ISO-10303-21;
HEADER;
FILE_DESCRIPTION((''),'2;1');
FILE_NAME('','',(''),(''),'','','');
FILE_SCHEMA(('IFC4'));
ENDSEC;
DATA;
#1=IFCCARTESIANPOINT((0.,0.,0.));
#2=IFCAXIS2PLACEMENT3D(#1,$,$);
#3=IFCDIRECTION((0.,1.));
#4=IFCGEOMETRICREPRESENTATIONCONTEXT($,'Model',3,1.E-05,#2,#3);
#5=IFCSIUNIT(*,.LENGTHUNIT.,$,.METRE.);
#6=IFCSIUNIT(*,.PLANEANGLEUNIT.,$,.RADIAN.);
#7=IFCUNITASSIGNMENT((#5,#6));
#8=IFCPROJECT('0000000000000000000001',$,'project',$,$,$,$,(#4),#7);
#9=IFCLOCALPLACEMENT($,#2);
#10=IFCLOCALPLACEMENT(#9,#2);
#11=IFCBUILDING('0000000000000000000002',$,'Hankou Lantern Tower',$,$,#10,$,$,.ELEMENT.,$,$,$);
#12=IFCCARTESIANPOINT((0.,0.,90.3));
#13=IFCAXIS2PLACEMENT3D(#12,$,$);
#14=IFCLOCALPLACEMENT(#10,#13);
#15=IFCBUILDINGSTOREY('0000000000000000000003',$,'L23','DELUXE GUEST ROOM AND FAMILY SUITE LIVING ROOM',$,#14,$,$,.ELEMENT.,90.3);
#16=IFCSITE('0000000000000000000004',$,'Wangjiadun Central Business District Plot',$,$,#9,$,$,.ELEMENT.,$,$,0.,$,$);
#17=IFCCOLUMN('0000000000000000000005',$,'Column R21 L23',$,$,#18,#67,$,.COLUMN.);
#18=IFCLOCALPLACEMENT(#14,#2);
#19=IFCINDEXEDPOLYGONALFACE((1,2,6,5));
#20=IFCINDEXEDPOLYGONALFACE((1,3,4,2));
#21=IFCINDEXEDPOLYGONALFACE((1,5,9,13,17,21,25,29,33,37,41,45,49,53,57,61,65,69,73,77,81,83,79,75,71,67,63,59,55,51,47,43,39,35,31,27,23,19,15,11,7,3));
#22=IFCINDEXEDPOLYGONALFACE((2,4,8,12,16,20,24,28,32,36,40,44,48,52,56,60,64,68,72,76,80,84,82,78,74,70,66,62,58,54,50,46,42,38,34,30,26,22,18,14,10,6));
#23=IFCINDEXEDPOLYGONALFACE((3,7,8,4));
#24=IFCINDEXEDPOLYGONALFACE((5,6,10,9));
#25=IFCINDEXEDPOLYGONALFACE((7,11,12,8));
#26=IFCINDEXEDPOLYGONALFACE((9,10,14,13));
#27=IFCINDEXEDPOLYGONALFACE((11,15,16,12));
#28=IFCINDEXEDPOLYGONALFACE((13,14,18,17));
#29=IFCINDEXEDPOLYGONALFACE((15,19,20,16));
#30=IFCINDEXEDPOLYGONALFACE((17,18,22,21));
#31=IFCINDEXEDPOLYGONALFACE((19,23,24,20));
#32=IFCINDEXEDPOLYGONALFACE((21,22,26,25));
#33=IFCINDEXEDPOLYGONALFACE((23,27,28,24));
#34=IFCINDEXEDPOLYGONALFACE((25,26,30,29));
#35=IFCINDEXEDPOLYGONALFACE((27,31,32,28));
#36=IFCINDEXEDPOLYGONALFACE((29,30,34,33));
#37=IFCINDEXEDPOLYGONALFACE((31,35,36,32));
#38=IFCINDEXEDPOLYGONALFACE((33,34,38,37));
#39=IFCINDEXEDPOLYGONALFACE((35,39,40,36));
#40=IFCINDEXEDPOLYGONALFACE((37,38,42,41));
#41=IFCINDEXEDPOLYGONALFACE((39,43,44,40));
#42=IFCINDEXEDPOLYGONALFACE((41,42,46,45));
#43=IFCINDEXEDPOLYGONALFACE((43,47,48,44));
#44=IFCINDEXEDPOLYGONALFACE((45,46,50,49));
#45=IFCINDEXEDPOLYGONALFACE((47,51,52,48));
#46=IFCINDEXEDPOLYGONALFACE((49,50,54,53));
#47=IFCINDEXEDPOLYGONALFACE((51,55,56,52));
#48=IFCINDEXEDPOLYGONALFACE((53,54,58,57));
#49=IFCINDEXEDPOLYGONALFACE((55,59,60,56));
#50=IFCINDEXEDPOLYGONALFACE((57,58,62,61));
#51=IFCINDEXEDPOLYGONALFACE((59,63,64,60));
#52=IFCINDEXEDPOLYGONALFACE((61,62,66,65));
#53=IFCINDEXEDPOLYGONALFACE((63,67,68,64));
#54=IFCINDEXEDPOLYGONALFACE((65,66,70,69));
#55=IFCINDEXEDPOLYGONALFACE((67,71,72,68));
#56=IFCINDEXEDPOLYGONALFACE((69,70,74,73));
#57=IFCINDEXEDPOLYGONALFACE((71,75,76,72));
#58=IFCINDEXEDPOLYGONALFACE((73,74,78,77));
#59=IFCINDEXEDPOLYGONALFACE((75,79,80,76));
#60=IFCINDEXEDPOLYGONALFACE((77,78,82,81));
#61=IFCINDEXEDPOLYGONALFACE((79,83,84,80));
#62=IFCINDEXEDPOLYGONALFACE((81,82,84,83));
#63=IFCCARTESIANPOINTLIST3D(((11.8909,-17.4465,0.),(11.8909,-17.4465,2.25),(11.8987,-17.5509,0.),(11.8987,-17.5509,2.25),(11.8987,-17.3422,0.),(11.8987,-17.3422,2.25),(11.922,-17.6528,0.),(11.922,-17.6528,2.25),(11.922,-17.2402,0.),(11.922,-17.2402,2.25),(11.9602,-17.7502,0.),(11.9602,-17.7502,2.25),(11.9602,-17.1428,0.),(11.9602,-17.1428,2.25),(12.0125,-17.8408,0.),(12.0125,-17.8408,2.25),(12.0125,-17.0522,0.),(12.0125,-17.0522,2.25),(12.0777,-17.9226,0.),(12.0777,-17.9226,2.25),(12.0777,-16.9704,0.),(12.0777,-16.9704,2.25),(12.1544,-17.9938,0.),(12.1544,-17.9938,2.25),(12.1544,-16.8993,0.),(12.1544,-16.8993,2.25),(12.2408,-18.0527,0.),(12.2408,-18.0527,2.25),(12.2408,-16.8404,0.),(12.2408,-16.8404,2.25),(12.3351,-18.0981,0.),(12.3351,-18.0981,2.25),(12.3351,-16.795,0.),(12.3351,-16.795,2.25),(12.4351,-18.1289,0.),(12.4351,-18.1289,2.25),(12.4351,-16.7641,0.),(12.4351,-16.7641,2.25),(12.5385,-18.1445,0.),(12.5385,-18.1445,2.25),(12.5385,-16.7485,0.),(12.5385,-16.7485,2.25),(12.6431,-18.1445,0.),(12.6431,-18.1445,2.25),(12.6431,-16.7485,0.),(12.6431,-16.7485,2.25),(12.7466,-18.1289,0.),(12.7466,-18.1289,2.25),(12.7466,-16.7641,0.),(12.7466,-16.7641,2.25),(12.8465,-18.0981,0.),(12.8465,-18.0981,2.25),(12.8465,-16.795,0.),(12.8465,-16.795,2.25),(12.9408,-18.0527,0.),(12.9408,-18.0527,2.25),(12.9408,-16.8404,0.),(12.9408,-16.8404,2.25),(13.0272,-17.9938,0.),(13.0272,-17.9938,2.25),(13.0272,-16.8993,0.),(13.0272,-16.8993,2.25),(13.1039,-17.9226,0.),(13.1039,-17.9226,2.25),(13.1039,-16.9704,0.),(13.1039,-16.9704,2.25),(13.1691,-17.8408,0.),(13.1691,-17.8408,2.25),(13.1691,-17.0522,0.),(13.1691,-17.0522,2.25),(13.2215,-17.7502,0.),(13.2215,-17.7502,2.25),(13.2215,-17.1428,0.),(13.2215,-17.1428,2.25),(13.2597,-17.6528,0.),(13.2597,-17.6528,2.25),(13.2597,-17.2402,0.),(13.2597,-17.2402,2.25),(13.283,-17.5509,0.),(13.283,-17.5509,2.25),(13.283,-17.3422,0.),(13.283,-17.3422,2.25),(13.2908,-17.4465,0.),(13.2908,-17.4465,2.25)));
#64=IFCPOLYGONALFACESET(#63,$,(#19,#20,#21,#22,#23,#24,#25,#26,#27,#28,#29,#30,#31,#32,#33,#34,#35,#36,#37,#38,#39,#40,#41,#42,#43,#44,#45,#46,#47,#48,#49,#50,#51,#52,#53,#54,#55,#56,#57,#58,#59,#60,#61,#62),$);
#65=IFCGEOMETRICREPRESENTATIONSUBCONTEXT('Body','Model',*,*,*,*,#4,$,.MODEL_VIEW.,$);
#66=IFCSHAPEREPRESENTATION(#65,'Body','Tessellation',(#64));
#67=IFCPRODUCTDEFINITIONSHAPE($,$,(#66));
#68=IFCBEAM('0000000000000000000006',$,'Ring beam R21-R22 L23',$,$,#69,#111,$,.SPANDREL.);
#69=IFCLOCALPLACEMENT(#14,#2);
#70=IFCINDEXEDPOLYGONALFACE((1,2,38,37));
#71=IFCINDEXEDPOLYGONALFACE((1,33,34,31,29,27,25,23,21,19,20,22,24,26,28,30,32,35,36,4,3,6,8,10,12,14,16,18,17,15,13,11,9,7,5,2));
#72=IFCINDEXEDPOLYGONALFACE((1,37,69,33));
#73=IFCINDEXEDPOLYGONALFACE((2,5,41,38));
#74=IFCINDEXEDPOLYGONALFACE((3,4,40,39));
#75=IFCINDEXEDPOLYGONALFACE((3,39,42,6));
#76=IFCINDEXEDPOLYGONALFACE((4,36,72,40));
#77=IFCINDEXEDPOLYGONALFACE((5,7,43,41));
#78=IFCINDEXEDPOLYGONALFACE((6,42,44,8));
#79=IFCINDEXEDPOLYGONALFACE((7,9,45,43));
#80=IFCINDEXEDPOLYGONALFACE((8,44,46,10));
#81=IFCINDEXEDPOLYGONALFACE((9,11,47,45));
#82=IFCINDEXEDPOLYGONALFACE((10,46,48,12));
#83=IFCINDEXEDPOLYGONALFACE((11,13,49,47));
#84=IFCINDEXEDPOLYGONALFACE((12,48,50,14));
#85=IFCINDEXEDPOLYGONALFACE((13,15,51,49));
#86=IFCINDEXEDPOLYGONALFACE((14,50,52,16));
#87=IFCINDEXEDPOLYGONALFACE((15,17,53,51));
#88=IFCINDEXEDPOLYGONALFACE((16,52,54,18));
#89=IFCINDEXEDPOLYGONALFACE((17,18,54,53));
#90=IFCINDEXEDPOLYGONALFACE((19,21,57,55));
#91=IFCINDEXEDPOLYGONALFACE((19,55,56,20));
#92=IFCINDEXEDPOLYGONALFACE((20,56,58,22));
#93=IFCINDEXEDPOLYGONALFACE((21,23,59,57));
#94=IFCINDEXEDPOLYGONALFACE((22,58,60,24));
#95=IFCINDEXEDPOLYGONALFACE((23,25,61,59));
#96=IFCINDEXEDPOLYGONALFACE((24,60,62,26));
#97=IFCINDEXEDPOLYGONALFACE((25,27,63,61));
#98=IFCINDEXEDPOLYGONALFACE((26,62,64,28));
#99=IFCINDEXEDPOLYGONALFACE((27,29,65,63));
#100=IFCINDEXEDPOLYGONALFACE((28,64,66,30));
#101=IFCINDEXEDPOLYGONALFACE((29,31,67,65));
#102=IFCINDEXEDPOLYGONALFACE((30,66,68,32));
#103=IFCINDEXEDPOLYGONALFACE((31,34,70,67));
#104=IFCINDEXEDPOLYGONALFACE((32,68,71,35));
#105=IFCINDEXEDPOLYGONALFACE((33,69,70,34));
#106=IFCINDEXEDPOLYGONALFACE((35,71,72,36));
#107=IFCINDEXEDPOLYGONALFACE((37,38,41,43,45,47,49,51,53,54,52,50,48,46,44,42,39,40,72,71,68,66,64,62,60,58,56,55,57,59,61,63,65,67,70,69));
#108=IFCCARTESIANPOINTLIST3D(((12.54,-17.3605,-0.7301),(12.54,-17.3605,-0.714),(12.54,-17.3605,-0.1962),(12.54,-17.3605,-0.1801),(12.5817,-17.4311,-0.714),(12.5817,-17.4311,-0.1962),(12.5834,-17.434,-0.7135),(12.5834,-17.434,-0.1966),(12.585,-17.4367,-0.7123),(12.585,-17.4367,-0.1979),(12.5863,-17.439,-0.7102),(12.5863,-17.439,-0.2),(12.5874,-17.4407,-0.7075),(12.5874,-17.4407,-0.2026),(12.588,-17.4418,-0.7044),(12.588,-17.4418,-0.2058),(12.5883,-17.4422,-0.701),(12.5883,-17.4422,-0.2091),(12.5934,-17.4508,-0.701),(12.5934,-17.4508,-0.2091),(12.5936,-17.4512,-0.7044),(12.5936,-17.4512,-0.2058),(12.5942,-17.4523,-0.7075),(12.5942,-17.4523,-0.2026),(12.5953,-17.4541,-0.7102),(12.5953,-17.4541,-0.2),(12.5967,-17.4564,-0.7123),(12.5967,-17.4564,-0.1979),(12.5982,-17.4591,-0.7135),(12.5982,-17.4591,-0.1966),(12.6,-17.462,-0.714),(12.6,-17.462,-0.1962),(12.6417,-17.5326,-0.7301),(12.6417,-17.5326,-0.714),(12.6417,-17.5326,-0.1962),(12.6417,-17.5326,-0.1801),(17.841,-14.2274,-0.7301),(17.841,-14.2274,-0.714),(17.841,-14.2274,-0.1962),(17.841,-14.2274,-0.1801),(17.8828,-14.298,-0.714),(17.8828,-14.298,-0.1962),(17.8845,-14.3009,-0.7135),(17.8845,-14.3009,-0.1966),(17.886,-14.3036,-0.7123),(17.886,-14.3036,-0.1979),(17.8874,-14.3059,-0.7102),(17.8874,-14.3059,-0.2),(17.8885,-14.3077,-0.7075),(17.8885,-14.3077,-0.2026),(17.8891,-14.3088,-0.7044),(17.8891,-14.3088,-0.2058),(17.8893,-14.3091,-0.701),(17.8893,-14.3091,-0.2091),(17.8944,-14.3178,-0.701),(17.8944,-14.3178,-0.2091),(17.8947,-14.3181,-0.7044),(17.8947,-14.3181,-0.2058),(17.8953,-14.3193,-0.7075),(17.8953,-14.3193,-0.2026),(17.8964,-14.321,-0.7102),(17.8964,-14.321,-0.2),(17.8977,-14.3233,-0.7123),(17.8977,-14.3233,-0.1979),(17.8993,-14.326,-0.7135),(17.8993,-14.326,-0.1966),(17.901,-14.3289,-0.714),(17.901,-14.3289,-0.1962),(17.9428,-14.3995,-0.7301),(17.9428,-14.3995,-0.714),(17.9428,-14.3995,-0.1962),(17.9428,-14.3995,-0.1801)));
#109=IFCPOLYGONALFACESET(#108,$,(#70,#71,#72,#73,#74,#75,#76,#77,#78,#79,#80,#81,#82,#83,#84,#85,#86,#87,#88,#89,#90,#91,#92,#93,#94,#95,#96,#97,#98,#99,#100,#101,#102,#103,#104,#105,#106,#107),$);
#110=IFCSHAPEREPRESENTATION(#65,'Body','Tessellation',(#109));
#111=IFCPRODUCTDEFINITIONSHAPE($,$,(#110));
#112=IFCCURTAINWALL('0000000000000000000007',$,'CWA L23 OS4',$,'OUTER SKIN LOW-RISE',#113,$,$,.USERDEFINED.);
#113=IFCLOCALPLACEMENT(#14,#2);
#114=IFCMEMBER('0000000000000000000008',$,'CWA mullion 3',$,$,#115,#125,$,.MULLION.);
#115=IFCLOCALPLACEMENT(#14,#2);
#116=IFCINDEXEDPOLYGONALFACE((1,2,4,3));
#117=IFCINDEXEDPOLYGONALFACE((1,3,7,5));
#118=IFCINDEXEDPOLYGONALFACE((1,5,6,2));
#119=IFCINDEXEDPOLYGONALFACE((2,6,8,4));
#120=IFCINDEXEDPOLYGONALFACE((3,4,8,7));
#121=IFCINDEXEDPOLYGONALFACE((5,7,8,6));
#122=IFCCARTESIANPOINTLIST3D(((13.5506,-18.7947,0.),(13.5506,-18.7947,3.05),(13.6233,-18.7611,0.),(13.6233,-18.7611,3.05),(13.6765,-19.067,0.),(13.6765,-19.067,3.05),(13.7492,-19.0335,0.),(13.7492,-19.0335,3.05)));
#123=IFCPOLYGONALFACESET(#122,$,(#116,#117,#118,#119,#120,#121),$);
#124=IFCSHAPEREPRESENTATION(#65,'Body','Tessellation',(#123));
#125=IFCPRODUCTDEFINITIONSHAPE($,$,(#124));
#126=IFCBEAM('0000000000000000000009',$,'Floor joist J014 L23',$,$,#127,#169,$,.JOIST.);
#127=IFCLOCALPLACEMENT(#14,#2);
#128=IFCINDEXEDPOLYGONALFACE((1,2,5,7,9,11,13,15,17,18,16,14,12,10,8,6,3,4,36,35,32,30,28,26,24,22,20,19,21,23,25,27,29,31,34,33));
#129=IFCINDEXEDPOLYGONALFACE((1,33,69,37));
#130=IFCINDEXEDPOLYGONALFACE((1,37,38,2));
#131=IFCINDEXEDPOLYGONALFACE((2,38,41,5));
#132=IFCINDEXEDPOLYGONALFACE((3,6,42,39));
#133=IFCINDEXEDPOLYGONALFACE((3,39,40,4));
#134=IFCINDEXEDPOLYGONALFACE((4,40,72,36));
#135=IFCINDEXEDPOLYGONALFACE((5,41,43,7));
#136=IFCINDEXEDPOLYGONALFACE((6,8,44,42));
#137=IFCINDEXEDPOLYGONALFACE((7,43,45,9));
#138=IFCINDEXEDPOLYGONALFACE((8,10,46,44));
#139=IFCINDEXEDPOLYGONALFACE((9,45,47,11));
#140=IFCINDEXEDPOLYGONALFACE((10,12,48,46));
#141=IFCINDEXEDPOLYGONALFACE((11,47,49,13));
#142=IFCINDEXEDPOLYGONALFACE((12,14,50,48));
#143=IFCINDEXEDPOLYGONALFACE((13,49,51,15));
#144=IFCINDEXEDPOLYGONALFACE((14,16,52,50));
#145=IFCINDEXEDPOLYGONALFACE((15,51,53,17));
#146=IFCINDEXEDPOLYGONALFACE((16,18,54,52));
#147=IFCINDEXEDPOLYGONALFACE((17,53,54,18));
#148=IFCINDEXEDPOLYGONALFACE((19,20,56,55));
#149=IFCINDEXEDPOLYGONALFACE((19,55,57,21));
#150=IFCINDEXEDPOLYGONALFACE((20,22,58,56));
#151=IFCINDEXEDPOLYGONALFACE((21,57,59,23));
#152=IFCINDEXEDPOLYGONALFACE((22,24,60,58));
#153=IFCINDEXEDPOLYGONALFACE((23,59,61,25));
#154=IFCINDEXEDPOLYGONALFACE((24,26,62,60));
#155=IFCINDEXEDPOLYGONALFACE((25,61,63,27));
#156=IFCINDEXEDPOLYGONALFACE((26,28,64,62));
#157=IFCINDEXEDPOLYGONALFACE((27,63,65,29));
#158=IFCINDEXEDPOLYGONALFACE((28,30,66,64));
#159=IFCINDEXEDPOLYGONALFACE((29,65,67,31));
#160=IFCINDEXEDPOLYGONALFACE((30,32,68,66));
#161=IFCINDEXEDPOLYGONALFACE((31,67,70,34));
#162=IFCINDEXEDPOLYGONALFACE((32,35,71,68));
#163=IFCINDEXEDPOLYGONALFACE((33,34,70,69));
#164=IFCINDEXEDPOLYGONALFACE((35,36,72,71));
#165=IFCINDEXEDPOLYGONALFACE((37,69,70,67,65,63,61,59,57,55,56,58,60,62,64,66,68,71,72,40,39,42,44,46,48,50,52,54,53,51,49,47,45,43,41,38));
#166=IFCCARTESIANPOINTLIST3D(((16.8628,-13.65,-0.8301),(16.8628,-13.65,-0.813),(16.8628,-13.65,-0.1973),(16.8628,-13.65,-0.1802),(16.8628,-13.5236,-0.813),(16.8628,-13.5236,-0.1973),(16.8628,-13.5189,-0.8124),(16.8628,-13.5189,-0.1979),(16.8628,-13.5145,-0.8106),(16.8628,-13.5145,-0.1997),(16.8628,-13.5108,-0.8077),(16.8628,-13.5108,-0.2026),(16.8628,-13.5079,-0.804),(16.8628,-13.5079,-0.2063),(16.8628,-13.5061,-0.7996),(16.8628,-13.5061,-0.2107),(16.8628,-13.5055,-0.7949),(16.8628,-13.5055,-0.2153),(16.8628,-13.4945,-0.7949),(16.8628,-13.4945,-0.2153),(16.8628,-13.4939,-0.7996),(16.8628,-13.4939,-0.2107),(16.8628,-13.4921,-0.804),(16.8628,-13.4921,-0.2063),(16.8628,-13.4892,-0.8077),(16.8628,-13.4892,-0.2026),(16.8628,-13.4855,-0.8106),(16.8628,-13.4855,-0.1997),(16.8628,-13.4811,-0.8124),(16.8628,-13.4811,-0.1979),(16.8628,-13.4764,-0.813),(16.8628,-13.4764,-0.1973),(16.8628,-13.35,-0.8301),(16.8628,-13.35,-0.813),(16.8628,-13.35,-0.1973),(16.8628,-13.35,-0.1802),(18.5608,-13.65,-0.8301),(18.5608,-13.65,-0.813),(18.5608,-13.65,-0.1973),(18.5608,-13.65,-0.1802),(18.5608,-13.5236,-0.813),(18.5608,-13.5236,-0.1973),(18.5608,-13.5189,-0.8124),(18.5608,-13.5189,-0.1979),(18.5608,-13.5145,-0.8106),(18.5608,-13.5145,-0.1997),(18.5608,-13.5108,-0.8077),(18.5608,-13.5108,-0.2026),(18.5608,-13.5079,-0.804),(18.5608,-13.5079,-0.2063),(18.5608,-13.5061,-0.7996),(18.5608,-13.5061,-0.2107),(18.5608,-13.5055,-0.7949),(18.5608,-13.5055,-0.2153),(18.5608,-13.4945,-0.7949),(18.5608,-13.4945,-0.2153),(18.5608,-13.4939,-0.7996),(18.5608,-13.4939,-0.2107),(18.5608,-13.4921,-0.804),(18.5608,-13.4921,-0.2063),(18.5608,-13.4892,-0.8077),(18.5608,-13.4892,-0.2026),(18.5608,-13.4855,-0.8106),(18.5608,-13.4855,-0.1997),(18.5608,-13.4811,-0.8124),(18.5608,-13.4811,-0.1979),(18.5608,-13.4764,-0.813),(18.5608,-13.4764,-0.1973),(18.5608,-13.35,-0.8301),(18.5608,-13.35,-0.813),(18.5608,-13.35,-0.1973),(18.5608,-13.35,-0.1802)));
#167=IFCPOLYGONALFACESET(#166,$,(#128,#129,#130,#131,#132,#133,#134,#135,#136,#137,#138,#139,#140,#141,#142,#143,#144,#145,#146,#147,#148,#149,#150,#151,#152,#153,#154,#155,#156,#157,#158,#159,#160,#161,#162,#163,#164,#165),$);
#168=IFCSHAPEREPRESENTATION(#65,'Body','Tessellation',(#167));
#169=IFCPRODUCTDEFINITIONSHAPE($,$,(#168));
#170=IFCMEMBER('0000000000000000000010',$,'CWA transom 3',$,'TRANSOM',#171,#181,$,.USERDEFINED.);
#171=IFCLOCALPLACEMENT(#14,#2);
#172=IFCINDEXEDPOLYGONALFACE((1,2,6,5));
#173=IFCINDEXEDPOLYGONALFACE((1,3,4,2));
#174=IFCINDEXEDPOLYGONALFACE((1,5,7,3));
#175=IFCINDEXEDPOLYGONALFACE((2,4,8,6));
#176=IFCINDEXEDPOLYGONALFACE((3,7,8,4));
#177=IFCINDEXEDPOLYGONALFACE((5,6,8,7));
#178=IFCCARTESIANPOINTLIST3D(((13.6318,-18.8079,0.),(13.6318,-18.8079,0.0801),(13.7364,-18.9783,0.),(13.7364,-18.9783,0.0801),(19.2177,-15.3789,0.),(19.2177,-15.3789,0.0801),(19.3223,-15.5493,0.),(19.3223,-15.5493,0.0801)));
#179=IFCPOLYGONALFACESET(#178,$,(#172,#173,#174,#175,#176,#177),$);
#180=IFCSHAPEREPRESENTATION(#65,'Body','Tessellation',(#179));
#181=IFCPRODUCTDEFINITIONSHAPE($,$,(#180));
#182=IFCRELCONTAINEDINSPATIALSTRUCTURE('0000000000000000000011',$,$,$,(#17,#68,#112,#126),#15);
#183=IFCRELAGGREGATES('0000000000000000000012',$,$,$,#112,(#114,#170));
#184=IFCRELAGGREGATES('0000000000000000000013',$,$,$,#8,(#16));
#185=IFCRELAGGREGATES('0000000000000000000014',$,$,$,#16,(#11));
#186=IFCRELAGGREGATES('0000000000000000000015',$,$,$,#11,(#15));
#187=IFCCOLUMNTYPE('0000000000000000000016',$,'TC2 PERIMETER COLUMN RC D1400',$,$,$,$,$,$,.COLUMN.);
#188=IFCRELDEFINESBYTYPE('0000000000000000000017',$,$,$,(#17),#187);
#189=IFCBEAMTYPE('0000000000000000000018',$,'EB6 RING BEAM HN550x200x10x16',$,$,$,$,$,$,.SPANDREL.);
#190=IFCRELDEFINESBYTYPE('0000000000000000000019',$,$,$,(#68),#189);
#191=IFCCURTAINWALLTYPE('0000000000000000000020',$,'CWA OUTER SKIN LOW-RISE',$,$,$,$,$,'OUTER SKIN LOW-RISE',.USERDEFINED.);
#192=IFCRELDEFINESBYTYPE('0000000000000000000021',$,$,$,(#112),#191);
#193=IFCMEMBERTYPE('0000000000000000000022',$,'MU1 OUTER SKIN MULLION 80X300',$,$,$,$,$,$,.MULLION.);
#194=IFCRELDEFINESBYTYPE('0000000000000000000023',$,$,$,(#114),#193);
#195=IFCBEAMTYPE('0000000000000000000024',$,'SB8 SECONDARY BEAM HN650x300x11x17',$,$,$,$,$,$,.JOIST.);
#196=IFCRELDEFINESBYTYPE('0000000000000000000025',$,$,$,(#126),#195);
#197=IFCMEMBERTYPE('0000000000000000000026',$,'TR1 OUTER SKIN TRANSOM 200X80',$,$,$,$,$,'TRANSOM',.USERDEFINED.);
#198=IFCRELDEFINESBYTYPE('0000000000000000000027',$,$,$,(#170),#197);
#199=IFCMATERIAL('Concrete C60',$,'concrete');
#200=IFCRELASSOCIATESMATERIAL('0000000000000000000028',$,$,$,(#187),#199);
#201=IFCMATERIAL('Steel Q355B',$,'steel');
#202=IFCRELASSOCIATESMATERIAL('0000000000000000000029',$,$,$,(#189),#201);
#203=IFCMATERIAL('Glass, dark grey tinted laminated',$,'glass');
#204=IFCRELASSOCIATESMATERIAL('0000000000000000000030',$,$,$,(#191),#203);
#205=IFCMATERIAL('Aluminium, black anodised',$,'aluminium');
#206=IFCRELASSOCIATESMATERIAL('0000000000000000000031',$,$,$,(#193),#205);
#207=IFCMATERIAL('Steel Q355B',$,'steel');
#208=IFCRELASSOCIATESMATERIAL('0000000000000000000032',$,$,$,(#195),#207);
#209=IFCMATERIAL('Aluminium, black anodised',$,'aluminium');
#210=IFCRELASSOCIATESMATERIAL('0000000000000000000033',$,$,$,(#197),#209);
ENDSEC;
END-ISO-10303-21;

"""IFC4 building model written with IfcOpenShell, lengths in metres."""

from ifc_helpers import new_model, si_unit, direction, frame, origin, origin_2d, place, context, subcontext, project, spatial, rectangle, circle, i_section, extrude, clip, halfspace, material, material_profile, profile_set, type_object, element, aggregate, save


model = new_model("IFC4")

# Units and contexts
model_context = context("Model", 3, precision=1e-05, world=origin(), true_north=direction((0.0, 1.0)))
body_context = subcontext(model_context, "Body", "Model", "MODEL_VIEW")
ifc_project = project(units=[si_unit("LENGTHUNIT", "METRE"), si_unit("PLANEANGLEUNIT", "RADIAN")], contexts=[model_context])

# Site, building, storey
site_placement = place(None, origin())
site = spatial("IfcSite", under=ifc_project, at=site_placement, Name="Wangjiadun Central Business District Plot", CompositionType="ELEMENT", RefElevation=0.0)
building_placement = place(site_placement, origin())
building = spatial("IfcBuilding", under=site, at=building_placement, Name="Hankou Lantern Tower", CompositionType="ELEMENT")
storey_placement = place(building_placement, frame((0.0, 0.0, 90.3)))
storey = spatial("IfcBuildingStorey", under=building, at=storey_placement, Name="L23", Description="DELUXE GUEST ROOM AND FAMILY SUITE LIVING ROOM", CompositionType="ELEMENT", Elevation=90.3)

# Column
ifc_material_1 = material(Name="Concrete C60", Category="concrete")
ifc_material_profile_1 = material_profile(ifc_material_1, circle(Radius=0.7, at=origin_2d()), Name="RC D1400")
ifc_profile_set_1 = profile_set([ifc_material_profile_1], Name="Concrete C60")
column_type = type_object("IfcColumnType", Name="TC2 PERIMETER COLUMN RC D1400", PredefinedType="COLUMN", material=ifc_profile_set_1)
column_placement = place(storey_placement, frame((12.5908, -17.4465, 0.0), z_axis=(0.0, 0.0, 1.0), x_axis=(1.0, 0.0, 0.0)))
element("IfcColumn", 1, at=column_placement, inside=storey, type_object=column_type, Name="Column R21 L23", PredefinedType="COLUMN", context=body_context, shape_type="Clipping", body=[
    clip(extrude(circle(Radius=0.7, at=origin_2d()), origin(), (0.0, 0.0, 1.0), 3.3), halfspace(frame((0.0, 0.0, 2.25), z_axis=(0.0, 0.0, 1.0), x_axis=(1.0, 0.0, 0.0)), False)),
])

# Beam
ifc_material_2 = material(Name="Steel Q355B", Category="steel")
ifc_material_profile_2 = material_profile(ifc_material_2, i_section(OverallWidth=0.2, OverallDepth=0.55, WebThickness=0.01, FlangeThickness=0.0161, FilletRadius=0.0129, at=origin_2d()), Name="HN550x200x10x16")
ifc_profile_set_2 = profile_set([ifc_material_profile_2], Name="Steel Q355B")
beam_type_1 = type_object("IfcBeamType", Name="EB6 RING BEAM HN550x200x10x16", PredefinedType="SPANDREL", material=ifc_profile_set_2)
beam_1_placement = place(storey_placement, frame((12.5908, -17.4465, -0.4551), z_axis=(0.860882, 0.508805, 0.0), x_axis=(-0.508805, 0.860882, 0.0)))
element("IfcBeam", 2, at=beam_1_placement, inside=storey, type_object=beam_type_1, Name="Ring beam R21-R22 L23", PredefinedType="SPANDREL", context=body_context, shape_type="SweptSolid", body=[
    extrude(i_section(OverallWidth=0.2, OverallDepth=0.55, WebThickness=0.01, FlangeThickness=0.0161, FilletRadius=0.0129, at=origin_2d()), origin(), (0.0, 0.0, 1.0), 6.1577),
])

# Curtain wall, member
ifc_material_3 = material(Name="Glass, dark grey tinted laminated", Category="glass")
curtain_wall_type = type_object("IfcCurtainWallType", Name="CWA OUTER SKIN LOW-RISE", ElementType="OUTER SKIN LOW-RISE", PredefinedType="USERDEFINED", material=ifc_material_3)
curtain_wall_placement = place(storey_placement, origin())
curtain_wall = element("IfcCurtainWall", 3, at=curtain_wall_placement, inside=storey, type_object=curtain_wall_type, Name="CWA L23 OS4", ObjectType="OUTER SKIN LOW-RISE", PredefinedType="USERDEFINED")
ifc_material_4 = material(Name="Aluminium, black anodised", Category="aluminium")
ifc_material_profile_3 = material_profile(ifc_material_4, rectangle(XDim=0.0801, YDim=0.3, at=origin_2d()), Name="MU1 80X300")
ifc_profile_set_3 = profile_set([ifc_material_profile_3], Name="Aluminium, black anodised")
member_type_1 = type_object("IfcMemberType", Name="MU1 OUTER SKIN MULLION 80X300", PredefinedType="MULLION", material=ifc_profile_set_3)
member_1_placement = place(storey_placement, frame((13.6499, -18.9141, 0.0), z_axis=(0.0, 0.0, 1.0), x_axis=(0.907841, 0.419314, 0.0)))
member_1 = element("IfcMember", 4, at=member_1_placement, type_object=member_type_1, Name="CWA mullion 3", PredefinedType="MULLION", context=body_context, shape_type="SweptSolid", body=[
    extrude(rectangle(XDim=0.0801, YDim=0.3, at=origin_2d()), origin(), (0.0, 0.0, 1.0), 3.05),
])

# Beam
ifc_material_5 = material(Name="Steel Q355B", Category="steel")
ifc_material_profile_4 = material_profile(ifc_material_5, i_section(OverallWidth=0.3, OverallDepth=0.6499, WebThickness=0.011, FlangeThickness=0.0171, FilletRadius=0.0181, at=origin_2d()), Name="HN650x300x11x17")
ifc_profile_set_4 = profile_set([ifc_material_profile_4], Name="Steel Q355B")
beam_type_2 = type_object("IfcBeamType", Name="SB8 SECONDARY BEAM HN650x300x11x17", PredefinedType="JOIST", material=ifc_profile_set_4)
beam_2_placement = place(storey_placement, frame((16.8628, -13.5, -0.5051), z_axis=(1.0, 0.0, 0.0), x_axis=(0.0, 1.0, 0.0)))
element("IfcBeam", 5, at=beam_2_placement, inside=storey, type_object=beam_type_2, Name="Floor joist J014 L23", PredefinedType="JOIST", context=body_context, shape_type="SweptSolid", body=[
    extrude(i_section(OverallWidth=0.3, OverallDepth=0.6499, WebThickness=0.011, FlangeThickness=0.0171, FilletRadius=0.0181, at=origin_2d()), origin(), (0.0, 0.0, 1.0), 1.698),
])

# Member
ifc_material_6 = material(Name="Aluminium, black anodised", Category="aluminium")
ifc_material_profile_5 = material_profile(ifc_material_6, rectangle(XDim=0.2, YDim=0.0801, at=origin_2d()), Name="TR1 200X80")
ifc_profile_set_5 = profile_set([ifc_material_profile_5], Name="Aluminium, black anodised")
member_type_2 = type_object("IfcMemberType", Name="TR1 OUTER SKIN TRANSOM 200X80", ElementType="TRANSOM", PredefinedType="USERDEFINED", material=ifc_profile_set_5)
member_2_placement = place(storey_placement, frame((13.6841, -18.8931, 0.04), z_axis=(0.85224, 0.523152, 0.0), x_axis=(-0.523152, 0.85224, 0.0)))
member_2 = element("IfcMember", 6, at=member_2_placement, type_object=member_type_2, Name="CWA transom 3", ObjectType="TRANSOM", PredefinedType="USERDEFINED", context=body_context, shape_type="SweptSolid", body=[
    extrude(rectangle(XDim=0.2, YDim=0.0801, at=origin_2d()), origin(), (0.0, 0.0, 1.0), 6.5544),
])

aggregate(curtain_wall, [member_1, member_2])

save(model, "model.ifc")
